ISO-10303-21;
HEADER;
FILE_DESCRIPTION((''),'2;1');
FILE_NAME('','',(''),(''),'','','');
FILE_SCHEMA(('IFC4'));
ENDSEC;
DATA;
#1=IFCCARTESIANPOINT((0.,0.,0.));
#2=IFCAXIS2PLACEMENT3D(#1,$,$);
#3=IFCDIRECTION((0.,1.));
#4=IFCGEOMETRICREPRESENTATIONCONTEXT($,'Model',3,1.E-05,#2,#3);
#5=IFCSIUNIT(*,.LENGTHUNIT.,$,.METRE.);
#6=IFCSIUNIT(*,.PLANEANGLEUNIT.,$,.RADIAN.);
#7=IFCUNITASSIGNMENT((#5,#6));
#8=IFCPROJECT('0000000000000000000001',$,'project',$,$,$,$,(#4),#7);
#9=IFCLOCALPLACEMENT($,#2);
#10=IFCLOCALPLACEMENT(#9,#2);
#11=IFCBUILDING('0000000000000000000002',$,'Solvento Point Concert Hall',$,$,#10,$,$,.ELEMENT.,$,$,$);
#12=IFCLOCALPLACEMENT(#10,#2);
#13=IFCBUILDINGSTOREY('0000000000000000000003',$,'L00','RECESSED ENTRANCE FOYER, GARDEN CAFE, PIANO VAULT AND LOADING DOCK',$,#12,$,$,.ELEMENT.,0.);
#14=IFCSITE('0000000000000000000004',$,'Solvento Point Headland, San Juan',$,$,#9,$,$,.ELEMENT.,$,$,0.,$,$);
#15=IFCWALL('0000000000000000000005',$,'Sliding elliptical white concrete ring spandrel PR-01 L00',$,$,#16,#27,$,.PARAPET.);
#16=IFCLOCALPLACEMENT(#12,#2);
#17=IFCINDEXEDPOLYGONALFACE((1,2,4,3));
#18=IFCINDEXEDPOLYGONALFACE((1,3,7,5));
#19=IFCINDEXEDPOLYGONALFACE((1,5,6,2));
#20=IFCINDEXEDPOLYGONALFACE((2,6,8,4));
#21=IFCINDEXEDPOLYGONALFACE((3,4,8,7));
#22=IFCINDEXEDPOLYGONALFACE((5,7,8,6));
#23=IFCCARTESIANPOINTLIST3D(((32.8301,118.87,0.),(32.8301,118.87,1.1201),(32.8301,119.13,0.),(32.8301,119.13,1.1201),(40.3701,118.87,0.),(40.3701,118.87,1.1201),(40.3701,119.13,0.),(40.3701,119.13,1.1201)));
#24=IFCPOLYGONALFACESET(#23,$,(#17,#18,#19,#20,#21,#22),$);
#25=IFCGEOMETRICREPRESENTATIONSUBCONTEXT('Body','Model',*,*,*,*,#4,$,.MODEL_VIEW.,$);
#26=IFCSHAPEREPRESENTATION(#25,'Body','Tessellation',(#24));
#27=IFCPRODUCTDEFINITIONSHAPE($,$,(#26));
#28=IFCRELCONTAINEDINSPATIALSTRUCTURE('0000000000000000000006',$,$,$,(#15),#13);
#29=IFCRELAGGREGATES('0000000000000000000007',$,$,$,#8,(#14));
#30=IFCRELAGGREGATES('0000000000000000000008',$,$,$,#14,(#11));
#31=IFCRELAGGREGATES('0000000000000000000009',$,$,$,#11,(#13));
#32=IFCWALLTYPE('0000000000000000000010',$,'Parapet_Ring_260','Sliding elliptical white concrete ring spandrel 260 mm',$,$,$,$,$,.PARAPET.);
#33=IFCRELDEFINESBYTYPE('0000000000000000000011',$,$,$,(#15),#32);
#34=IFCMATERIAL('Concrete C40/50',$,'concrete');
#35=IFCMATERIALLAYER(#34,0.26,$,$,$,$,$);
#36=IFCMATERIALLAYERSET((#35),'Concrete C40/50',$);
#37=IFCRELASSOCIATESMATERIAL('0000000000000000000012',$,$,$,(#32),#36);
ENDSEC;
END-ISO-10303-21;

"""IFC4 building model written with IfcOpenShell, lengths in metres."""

from ifc_helpers import new_model, si_unit, direction, frame, frame_2d, origin, place, context, subcontext, project, spatial, rectangle, extrude, material, layer, layer_set, type_object, element, save


model = new_model("IFC4")

# Units and contexts
model_context = context("Model", 3, precision=1e-05, world=origin(), true_north=direction((0.0, 1.0)))
body_context = subcontext(model_context, "Body", "Model", "MODEL_VIEW")
ifc_project = project(units=[si_unit("LENGTHUNIT", "METRE"), si_unit("PLANEANGLEUNIT", "RADIAN")], contexts=[model_context])

# Site, building, storey
site_placement = place(None, origin())
site = spatial("IfcSite", under=ifc_project, at=site_placement, Name="Solvento Point Headland, San Juan", CompositionType="ELEMENT", RefElevation=0.0)
building_placement = place(site_placement, origin())
building = spatial("IfcBuilding", under=site, at=building_placement, Name="Solvento Point Concert Hall", CompositionType="ELEMENT")
storey_placement = place(building_placement, origin())
storey = spatial("IfcBuildingStorey", under=building, at=storey_placement, Name="L00", Description="RECESSED ENTRANCE FOYER, GARDEN CAFE, PIANO VAULT AND LOADING DOCK", CompositionType="ELEMENT", Elevation=0.0)

# Wall
ifc_material_1 = material(Name="Concrete C40/50", Category="concrete")
ifc_layer = layer(ifc_material_1, 0.26)
ifc_layer_set = layer_set([ifc_layer], Name="Concrete C40/50")
wall_type = type_object("IfcWallType", Name="Parapet_Ring_260", Description="Sliding elliptical white concrete ring spandrel 260 mm", PredefinedType="PARAPET", material=ifc_layer_set)
wall_1_placement = place(storey_placement, frame((40.3701, 119.0, 0.0), z_axis=(0.0, 0.0, 1.0), x_axis=(-1.0, 0.0, 0.0)))
element("IfcWall", 1, at=wall_1_placement, inside=storey, type_object=wall_type, Name="Sliding elliptical white concrete ring spandrel PR-01 L00", PredefinedType="PARAPET", context=body_context, shape_type="SweptSolid", body=[
    extrude(rectangle(XDim=7.54, YDim=0.26, at=frame_2d((3.77, 0.0))), origin(), (0.0, 0.0, 1.0), 1.1201),
])

save(model, "model.ifc")
